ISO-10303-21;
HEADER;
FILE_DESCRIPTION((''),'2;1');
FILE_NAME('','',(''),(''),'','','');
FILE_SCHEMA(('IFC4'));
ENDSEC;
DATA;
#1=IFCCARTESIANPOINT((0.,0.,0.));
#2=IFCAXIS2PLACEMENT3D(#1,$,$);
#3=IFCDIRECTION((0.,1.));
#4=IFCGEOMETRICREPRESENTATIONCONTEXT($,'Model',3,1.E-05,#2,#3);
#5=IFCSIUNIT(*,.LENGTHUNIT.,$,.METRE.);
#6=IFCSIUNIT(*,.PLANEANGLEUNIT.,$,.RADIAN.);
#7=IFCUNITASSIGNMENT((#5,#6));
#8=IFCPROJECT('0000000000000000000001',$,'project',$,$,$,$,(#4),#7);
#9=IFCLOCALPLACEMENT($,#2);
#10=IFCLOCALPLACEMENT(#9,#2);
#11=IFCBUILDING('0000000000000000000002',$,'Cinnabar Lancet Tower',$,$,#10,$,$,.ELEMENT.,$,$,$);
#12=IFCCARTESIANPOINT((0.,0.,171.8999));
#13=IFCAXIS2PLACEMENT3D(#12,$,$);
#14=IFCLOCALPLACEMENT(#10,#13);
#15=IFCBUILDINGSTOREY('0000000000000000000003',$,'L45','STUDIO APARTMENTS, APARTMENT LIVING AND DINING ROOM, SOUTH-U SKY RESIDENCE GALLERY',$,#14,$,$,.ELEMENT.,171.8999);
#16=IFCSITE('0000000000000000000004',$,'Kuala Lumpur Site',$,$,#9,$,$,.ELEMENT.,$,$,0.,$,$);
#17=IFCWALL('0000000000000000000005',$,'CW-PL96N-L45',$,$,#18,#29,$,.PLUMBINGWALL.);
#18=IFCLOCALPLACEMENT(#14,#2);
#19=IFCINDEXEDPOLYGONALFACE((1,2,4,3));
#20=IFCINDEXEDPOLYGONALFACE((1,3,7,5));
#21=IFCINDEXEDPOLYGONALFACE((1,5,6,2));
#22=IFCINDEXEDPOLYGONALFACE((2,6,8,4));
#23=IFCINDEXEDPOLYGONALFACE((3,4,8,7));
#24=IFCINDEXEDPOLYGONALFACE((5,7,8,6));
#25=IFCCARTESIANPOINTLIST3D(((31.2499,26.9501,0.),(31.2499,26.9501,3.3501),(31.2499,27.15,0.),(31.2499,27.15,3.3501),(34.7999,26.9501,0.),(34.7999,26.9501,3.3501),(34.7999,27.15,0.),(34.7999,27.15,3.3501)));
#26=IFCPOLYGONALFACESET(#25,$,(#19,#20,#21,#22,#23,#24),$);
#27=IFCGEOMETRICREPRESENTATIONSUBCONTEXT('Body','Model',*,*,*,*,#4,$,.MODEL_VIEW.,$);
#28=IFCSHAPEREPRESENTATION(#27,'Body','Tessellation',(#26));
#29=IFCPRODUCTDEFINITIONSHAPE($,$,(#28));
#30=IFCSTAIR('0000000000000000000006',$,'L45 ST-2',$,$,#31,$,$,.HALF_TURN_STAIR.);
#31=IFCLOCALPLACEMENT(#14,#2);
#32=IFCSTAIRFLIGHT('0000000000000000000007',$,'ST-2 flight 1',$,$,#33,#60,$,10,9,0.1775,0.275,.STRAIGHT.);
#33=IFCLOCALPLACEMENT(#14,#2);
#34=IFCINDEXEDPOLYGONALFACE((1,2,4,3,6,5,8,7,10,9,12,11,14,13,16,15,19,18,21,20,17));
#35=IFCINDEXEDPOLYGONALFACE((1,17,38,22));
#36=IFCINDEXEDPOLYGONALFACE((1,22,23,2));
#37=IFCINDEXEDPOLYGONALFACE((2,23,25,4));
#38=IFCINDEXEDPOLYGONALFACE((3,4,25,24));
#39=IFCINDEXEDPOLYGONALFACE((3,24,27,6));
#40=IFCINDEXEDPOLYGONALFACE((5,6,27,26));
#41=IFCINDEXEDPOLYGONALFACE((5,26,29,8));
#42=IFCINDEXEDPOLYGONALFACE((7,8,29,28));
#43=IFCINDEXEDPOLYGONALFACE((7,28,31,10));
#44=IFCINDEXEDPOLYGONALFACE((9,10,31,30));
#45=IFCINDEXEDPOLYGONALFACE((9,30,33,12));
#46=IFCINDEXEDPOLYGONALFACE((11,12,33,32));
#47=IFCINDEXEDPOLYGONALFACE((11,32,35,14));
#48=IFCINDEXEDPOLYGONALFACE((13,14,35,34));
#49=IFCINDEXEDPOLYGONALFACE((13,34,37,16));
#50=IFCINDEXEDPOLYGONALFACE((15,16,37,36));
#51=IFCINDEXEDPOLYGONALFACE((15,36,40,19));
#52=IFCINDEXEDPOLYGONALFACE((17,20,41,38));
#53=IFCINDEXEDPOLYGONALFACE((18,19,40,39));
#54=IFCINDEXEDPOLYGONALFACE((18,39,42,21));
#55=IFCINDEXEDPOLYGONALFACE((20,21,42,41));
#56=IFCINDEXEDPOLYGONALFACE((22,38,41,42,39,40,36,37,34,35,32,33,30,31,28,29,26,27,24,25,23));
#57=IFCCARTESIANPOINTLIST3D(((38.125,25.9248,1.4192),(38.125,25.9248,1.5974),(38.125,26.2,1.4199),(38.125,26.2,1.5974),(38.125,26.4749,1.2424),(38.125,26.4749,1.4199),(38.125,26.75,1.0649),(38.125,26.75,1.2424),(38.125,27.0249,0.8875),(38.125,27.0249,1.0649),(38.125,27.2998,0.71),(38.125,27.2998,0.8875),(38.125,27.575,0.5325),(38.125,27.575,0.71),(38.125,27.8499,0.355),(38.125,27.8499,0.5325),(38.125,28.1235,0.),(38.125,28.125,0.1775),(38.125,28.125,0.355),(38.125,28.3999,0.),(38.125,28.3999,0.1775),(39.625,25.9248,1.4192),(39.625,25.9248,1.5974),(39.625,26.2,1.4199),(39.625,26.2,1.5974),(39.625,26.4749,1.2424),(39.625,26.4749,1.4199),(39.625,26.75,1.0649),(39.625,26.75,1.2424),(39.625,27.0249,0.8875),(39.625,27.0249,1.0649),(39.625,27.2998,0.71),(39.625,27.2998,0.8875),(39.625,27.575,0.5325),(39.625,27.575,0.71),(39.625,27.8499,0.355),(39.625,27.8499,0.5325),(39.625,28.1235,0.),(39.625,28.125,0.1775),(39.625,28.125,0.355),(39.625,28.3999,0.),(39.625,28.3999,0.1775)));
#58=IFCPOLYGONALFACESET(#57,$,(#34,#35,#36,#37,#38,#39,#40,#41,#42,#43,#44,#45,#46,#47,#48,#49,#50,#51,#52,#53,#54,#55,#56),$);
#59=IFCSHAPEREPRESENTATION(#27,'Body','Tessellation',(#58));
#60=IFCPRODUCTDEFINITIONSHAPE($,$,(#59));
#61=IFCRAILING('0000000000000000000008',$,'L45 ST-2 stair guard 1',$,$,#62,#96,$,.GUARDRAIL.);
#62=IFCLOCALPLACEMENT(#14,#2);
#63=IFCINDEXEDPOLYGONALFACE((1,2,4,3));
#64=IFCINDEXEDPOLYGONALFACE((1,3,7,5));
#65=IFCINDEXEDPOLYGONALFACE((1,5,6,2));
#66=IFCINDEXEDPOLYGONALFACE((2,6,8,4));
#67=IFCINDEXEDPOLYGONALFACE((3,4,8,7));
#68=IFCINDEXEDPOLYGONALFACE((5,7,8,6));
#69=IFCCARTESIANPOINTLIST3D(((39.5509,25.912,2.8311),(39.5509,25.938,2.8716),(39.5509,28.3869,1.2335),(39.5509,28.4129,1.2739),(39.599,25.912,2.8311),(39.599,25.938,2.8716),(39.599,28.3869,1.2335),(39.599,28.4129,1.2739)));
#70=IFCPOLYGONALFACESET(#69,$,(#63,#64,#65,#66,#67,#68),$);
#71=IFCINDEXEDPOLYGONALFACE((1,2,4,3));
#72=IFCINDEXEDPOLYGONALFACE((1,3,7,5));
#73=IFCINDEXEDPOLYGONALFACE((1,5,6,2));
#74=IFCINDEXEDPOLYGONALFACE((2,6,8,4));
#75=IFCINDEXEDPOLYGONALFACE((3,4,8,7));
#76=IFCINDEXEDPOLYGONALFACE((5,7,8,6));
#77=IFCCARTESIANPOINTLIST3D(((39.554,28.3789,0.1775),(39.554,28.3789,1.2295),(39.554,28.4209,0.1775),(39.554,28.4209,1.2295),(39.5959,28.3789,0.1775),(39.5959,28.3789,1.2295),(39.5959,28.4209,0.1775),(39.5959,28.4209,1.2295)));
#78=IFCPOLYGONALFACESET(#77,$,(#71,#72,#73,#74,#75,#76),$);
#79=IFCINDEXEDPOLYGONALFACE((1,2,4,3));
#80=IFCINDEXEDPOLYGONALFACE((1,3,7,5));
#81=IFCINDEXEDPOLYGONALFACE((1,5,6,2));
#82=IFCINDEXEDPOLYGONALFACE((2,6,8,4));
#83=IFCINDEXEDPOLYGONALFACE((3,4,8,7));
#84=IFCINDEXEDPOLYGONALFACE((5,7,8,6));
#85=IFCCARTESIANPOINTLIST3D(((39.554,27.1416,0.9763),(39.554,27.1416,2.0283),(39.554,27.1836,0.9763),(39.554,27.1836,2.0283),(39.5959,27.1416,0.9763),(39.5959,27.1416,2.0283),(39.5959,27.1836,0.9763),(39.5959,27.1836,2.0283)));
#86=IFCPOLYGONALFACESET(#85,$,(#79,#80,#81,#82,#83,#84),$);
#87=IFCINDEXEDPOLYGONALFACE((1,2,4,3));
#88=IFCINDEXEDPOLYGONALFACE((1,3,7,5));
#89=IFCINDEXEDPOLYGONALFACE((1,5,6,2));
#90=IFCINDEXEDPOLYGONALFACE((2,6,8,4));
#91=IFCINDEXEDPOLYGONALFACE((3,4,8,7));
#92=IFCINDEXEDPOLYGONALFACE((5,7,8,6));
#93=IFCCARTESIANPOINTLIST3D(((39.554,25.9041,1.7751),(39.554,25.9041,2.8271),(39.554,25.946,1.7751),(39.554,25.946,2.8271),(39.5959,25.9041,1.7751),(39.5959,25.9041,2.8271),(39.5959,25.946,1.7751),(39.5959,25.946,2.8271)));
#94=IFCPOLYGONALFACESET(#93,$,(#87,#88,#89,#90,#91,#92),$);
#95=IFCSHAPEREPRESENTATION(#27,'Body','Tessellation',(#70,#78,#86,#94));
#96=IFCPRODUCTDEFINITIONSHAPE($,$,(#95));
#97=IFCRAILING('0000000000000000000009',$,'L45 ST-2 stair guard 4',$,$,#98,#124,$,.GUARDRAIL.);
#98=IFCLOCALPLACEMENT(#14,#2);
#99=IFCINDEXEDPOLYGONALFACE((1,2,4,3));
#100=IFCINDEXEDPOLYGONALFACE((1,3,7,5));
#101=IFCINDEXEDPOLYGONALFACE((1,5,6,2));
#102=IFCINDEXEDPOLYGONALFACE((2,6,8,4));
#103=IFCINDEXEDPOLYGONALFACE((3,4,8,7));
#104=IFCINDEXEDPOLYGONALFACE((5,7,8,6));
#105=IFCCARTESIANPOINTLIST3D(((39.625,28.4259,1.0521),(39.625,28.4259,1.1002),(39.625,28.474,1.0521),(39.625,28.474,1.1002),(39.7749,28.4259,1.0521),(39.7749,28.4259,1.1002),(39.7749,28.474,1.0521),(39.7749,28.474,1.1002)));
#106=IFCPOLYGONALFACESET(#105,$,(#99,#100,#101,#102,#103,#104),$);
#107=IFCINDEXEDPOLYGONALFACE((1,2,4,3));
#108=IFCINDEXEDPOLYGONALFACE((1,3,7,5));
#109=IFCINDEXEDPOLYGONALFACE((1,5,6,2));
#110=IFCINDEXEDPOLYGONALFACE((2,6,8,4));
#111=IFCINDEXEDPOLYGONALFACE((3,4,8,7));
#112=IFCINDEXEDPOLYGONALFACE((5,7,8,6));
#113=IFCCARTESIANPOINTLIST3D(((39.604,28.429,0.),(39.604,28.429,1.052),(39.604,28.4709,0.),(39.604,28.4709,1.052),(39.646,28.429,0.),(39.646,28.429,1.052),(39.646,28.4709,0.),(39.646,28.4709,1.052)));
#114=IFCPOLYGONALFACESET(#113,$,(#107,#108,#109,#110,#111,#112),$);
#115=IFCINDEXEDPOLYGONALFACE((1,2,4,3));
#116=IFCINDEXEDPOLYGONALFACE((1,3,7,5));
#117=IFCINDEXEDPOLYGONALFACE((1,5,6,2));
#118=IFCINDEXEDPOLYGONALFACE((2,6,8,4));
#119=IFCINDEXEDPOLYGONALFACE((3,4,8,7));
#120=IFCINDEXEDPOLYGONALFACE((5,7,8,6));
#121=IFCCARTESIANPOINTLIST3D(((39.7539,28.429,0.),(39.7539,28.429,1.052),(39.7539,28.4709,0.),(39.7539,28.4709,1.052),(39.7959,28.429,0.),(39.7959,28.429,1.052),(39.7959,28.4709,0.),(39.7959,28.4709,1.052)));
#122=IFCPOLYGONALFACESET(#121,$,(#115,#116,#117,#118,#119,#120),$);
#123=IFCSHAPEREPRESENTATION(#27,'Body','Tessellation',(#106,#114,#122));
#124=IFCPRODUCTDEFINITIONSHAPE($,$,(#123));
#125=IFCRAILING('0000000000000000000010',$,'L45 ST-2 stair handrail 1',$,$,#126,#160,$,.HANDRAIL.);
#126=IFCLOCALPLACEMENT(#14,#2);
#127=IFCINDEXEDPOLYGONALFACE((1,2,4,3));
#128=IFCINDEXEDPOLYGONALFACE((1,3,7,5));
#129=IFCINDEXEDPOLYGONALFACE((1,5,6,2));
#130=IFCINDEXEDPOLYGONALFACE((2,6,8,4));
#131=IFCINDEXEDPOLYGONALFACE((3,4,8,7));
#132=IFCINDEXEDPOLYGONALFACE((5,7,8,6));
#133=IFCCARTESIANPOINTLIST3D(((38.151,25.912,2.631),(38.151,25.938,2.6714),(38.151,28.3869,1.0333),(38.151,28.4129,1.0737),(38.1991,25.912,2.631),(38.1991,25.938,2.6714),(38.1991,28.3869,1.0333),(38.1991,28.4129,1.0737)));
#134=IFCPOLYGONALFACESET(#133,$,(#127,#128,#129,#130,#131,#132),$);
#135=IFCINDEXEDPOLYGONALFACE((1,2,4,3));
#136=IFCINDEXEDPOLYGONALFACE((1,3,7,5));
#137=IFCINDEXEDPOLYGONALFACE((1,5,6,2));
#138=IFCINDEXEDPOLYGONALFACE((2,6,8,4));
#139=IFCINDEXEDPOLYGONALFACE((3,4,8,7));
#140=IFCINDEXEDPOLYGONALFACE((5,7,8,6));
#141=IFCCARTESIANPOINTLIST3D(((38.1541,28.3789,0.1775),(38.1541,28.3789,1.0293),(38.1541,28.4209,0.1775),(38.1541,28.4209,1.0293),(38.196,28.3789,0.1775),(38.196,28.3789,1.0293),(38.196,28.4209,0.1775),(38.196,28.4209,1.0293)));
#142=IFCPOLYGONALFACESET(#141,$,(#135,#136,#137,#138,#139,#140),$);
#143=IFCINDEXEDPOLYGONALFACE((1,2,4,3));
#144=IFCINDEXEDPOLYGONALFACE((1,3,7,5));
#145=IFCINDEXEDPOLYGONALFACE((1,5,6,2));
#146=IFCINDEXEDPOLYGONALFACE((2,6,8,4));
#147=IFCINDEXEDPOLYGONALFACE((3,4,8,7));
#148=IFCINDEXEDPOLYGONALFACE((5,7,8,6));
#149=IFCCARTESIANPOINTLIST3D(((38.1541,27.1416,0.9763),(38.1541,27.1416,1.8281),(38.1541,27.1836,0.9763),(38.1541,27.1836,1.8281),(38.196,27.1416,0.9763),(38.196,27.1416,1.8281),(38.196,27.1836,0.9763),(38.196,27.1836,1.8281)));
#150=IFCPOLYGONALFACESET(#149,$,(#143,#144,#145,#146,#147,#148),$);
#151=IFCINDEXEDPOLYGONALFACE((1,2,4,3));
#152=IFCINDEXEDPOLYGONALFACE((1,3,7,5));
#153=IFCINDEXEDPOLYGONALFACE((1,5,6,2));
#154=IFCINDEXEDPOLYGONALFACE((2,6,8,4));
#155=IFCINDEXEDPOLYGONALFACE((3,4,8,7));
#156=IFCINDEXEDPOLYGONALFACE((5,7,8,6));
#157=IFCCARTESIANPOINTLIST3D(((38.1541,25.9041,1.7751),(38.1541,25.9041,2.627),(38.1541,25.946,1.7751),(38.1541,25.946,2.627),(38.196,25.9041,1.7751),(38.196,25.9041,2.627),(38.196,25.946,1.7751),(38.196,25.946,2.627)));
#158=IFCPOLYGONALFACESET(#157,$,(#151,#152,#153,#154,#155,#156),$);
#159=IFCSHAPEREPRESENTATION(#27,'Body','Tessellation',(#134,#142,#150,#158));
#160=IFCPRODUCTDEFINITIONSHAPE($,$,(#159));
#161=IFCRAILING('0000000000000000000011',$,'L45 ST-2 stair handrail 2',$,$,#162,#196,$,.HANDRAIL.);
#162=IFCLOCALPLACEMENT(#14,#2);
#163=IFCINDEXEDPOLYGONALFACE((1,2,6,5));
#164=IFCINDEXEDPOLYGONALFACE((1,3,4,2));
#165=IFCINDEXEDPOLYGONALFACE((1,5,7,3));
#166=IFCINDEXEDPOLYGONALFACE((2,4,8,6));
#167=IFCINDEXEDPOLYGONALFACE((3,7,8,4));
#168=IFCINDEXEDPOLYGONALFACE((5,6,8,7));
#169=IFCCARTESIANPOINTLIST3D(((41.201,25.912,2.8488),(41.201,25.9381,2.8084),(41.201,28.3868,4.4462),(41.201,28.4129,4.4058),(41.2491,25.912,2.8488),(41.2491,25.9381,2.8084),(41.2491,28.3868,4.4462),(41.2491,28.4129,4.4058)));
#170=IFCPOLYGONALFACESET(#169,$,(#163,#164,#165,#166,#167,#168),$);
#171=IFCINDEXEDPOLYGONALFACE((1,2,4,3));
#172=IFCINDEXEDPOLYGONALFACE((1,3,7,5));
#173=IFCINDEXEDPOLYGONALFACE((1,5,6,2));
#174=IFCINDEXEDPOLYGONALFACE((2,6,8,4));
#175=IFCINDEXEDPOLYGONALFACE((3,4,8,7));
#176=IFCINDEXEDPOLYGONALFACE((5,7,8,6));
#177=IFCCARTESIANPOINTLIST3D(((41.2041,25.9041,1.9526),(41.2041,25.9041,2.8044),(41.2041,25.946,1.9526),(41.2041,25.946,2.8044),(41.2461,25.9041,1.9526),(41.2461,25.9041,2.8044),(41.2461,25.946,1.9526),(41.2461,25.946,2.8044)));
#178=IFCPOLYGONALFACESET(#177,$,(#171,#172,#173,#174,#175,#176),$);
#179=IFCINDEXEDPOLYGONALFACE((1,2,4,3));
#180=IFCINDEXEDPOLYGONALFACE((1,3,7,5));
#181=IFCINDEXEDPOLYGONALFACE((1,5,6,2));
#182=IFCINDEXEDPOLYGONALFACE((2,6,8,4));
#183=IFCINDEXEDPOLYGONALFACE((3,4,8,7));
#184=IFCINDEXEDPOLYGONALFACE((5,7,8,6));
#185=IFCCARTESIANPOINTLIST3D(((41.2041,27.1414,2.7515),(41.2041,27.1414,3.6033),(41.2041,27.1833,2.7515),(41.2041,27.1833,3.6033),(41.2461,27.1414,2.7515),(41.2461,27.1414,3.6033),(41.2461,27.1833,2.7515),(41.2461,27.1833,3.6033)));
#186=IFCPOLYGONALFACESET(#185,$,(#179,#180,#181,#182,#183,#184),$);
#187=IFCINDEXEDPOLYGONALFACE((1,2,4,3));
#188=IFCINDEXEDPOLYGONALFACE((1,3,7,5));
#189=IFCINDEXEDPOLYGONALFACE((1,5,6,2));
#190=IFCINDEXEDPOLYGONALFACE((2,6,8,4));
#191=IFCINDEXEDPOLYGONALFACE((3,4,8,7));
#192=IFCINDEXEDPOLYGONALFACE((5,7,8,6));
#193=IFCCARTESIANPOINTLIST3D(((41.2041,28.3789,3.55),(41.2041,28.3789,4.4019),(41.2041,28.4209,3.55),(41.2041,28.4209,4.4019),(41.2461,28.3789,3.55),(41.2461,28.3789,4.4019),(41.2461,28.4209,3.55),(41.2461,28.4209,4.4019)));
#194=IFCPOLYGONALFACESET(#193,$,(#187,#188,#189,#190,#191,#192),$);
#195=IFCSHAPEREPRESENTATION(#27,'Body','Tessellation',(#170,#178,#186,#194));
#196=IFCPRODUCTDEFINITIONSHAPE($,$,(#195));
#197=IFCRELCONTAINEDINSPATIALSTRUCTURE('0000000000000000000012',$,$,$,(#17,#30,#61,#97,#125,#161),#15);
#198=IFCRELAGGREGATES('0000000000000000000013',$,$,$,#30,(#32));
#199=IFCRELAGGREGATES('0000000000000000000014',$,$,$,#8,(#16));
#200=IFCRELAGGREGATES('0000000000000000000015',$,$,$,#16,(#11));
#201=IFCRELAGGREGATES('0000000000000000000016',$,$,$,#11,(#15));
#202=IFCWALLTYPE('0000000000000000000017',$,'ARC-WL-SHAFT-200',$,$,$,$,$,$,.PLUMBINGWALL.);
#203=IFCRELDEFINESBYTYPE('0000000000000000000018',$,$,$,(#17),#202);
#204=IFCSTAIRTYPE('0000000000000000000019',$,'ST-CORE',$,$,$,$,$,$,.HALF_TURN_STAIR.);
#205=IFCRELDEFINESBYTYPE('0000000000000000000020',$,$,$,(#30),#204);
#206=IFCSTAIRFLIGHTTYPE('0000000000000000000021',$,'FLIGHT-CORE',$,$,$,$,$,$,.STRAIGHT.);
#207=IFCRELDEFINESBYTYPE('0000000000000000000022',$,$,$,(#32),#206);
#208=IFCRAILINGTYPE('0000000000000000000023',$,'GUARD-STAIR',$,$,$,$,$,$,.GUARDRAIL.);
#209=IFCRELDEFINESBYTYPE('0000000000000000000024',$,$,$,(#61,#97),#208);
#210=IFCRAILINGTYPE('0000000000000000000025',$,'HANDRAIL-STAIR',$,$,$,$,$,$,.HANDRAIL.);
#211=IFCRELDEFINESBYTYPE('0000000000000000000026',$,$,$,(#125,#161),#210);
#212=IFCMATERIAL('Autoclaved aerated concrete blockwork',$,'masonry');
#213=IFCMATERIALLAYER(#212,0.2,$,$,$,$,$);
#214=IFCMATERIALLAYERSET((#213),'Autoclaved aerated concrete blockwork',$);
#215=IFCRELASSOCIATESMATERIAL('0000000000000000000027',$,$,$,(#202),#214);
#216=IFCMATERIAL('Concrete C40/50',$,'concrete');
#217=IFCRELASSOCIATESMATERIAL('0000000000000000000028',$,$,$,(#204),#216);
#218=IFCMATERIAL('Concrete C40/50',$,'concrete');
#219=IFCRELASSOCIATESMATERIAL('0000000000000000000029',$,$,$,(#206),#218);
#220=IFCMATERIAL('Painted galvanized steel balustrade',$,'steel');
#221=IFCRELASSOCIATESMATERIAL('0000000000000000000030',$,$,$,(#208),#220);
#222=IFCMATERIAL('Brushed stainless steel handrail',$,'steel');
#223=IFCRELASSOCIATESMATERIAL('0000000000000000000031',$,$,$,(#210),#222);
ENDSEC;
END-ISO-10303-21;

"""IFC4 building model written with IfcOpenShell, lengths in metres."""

from ifc_helpers import new_model, si_unit, direction, frame, frame_2d, origin, origin_2d, place, context, subcontext, project, spatial, polyline, rectangle, outline, extrude, material, layer, layer_set, type_object, element, aggregate, save


model = new_model("IFC4")

# Units and contexts
model_context = context("Model", 3, precision=1e-05, world=origin(), true_north=direction((0.0, 1.0)))
body_context = subcontext(model_context, "Body", "Model", "MODEL_VIEW")
ifc_project = project(units=[si_unit("LENGTHUNIT", "METRE"), si_unit("PLANEANGLEUNIT", "RADIAN")], contexts=[model_context])

# Site, building, storey
site_placement = place(None, origin())
site = spatial("IfcSite", under=ifc_project, at=site_placement, Name="Kuala Lumpur Site", CompositionType="ELEMENT", RefElevation=0.0)
building_placement = place(site_placement, origin())
building = spatial("IfcBuilding", under=site, at=building_placement, Name="Cinnabar Lancet Tower", CompositionType="ELEMENT")
storey_placement = place(building_placement, frame((0.0, 0.0, 171.8999)))
storey = spatial("IfcBuildingStorey", under=building, at=storey_placement, Name="L45", Description="STUDIO APARTMENTS, APARTMENT LIVING AND DINING ROOM, SOUTH-U SKY RESIDENCE GALLERY", CompositionType="ELEMENT", Elevation=171.8999)

# Shared definitions
ifc_material_1 = material(Name="Autoclaved aerated concrete blockwork", Category="masonry")
ifc_layer = layer(ifc_material_1, 0.2)
ifc_layer_set = layer_set([ifc_layer], Name="Autoclaved aerated concrete blockwork")
wall_type = type_object("IfcWallType", Name="ARC-WL-SHAFT-200", PredefinedType="PLUMBINGWALL", material=ifc_layer_set)

# Wall
wall_1_placement = place(storey_placement, frame((31.25, 27.05, 0.0), z_axis=(0.0, 0.0, 1.0), x_axis=(1.0, 0.0, 0.0)))
element("IfcWall", 1, at=wall_1_placement, inside=storey, type_object=wall_type, Name="CW-PL96N-L45", PredefinedType="PLUMBINGWALL", context=body_context, shape_type="SweptSolid", body=[
    extrude(rectangle(XDim=3.55, YDim=0.2, at=frame_2d((1.7749, 0.0))), origin(), (0.0, 0.0, 1.0), 3.3501),
])

# Stair, stair flight
ifc_material_2 = material(Name="Concrete C40/50", Category="concrete")
stair_type = type_object("IfcStairType", Name="ST-CORE", PredefinedType="HALF_TURN_STAIR", material=ifc_material_2)
stair_placement = place(storey_placement, origin())
stair = element("IfcStair", 2, at=stair_placement, inside=storey, type_object=stair_type, Name="L45 ST-2", PredefinedType="HALF_TURN_STAIR")
ifc_material_3 = material(Name="Concrete C40/50", Category="concrete")
stair_flight_type = type_object("IfcStairFlightType", Name="FLIGHT-CORE", PredefinedType="STRAIGHT", material=ifc_material_3)
stair_flight_placement = place(storey_placement, frame((38.875, 28.3999, 0.0), z_axis=(0.0, 0.0, 1.0), x_axis=(0.0, -1.0, 0.0)))
stair_flight = element("IfcStairFlight", 3, at=stair_flight_placement, type_object=stair_flight_type, Name="ST-2 flight 1", NumberOfRisers=10, NumberOfTreads=9, PredefinedType="STRAIGHT", RiserHeight=0.1775, TreadLength=0.275, context=body_context, shape_type="SweptSolid", body=[
    extrude(outline(polyline([(0.0, 0.0), (0.0, 0.1775), (0.2749, 0.1775), (0.2749, 0.355), (0.55, 0.355), (0.55, 0.5325), (0.825, 0.5325), (0.825, 0.71), (1.1001, 0.71), (1.1001, 0.8875), (1.375, 0.8875), (1.375, 1.0649), (1.6499, 1.0649), (1.6499, 1.2424), (1.925, 1.2424), (1.925, 1.4199), (2.2, 1.4199), (2.2, 1.5974), (2.4751, 1.5974), (2.4751, 1.7749), (2.4751, 1.4192), (0.2764, 0.0), (0.0, 0.0)])), frame((0.0, 0.75, 0.0), z_axis=(0.0, -1.0, 0.0), x_axis=(1.0, 0.0, 0.0)), (0.0, 0.0, 1.0), 1.5),
])
aggregate(stair, [stair_flight])

# Railings
ifc_material_4 = material(Name="Painted galvanized steel balustrade", Category="steel")
railing_type_1 = type_object("IfcRailingType", Name="GUARD-STAIR", PredefinedType="GUARDRAIL", material=ifc_material_4)
railing_1_placement = place(storey_placement, frame((39.575, 28.3999, 0.1775)))
element("IfcRailing", 4, at=railing_1_placement, inside=storey, type_object=railing_type_1, Name="L45 ST-2 stair guard 1", PredefinedType="GUARDRAIL", context=body_context, shape_type="SweptSolid", body=[
    extrude(rectangle(XDim=0.0481, YDim=0.0481, at=origin_2d()), frame((0.0, 0.0, 1.0762), z_axis=(0.0, -0.840146, 0.542361), x_axis=(1.0, 0.0, 0.0)), (0.0, 0.0, 1.0), 2.9458),
    extrude(rectangle(XDim=0.042, YDim=0.042, at=origin_2d()), origin(), (0.0, 0.0, 1.0), 1.052),
    extrude(rectangle(XDim=0.042, YDim=0.042, at=origin_2d()), frame((0.0, -1.2373, 0.7988)), (0.0, 0.0, 1.0), 1.052),
    extrude(rectangle(XDim=0.042, YDim=0.042, at=origin_2d()), frame((0.0, -2.4749, 1.5977)), (0.0, 0.0, 1.0), 1.052),
])
railing_2_placement = place(storey_placement, frame((39.625, 28.45, 0.0)))
element("IfcRailing", 5, at=railing_2_placement, inside=storey, type_object=railing_type_1, Name="L45 ST-2 stair guard 4", PredefinedType="GUARDRAIL", context=body_context, shape_type="SweptSolid", body=[
    extrude(rectangle(XDim=0.0481, YDim=0.0481, at=origin_2d()), frame((0.0, 0.0, 1.0762), z_axis=(1.0, 0.0, 0.0), x_axis=(0.0, 1.0, 0.0)), (0.0, 0.0, 1.0), 0.1499),
    extrude(rectangle(XDim=0.042, YDim=0.042, at=origin_2d()), origin(), (0.0, 0.0, 1.0), 1.052),
    extrude(rectangle(XDim=0.042, YDim=0.042, at=origin_2d()), frame((0.1499, 0.0, 0.0)), (0.0, 0.0, 1.0), 1.052),
])
ifc_material_5 = material(Name="Brushed stainless steel handrail", Category="steel")
railing_type_2 = type_object("IfcRailingType", Name="HANDRAIL-STAIR", PredefinedType="HANDRAIL", material=ifc_material_5)
railing_3_placement = place(storey_placement, frame((38.175, 28.3999, 0.1775)))
element("IfcRailing", 6, at=railing_3_placement, inside=storey, type_object=railing_type_2, Name="L45 ST-2 stair handrail 1", PredefinedType="HANDRAIL", context=body_context, shape_type="SweptSolid", body=[
    extrude(rectangle(XDim=0.0481, YDim=0.0481, at=origin_2d()), frame((0.0, 0.0, 0.876), z_axis=(0.0, -0.840146, 0.542361), x_axis=(1.0, 0.0, 0.0)), (0.0, 0.0, 1.0), 2.9458),
    extrude(rectangle(XDim=0.042, YDim=0.042, at=origin_2d()), origin(), (0.0, 0.0, 1.0), 0.8518),
    extrude(rectangle(XDim=0.042, YDim=0.042, at=origin_2d()), frame((0.0, -1.2373, 0.7988)), (0.0, 0.0, 1.0), 0.8518),
    extrude(rectangle(XDim=0.042, YDim=0.042, at=origin_2d()), frame((0.0, -2.4749, 1.5977)), (0.0, 0.0, 1.0), 0.8518),
])
railing_4_placement = place(storey_placement, frame((41.2251, 25.925, 1.9526)))
element("IfcRailing", 7, at=railing_4_placement, inside=storey, type_object=railing_type_2, Name="L45 ST-2 stair handrail 2", PredefinedType="HANDRAIL", context=body_context, shape_type="SweptSolid", body=[
    extrude(rectangle(XDim=0.0481, YDim=0.0481, at=origin_2d()), frame((0.0, 0.0, 0.876), z_axis=(0.0, 0.840183, 0.542302), x_axis=(-1.0, 0.0, 0.0)), (0.0, 0.0, 1.0), 2.9456),
    extrude(rectangle(XDim=0.042, YDim=0.042, at=origin_2d()), origin(), (0.0, 0.0, 1.0), 0.8518),
    extrude(rectangle(XDim=0.042, YDim=0.042, at=origin_2d()), frame((0.0, 1.2373, 0.7988)), (0.0, 0.0, 1.0), 0.8518),
    extrude(rectangle(XDim=0.042, YDim=0.042, at=origin_2d()), frame((0.0, 2.4749, 1.5974)), (0.0, 0.0, 1.0), 0.8518),
])

save(model, "model.ifc")
